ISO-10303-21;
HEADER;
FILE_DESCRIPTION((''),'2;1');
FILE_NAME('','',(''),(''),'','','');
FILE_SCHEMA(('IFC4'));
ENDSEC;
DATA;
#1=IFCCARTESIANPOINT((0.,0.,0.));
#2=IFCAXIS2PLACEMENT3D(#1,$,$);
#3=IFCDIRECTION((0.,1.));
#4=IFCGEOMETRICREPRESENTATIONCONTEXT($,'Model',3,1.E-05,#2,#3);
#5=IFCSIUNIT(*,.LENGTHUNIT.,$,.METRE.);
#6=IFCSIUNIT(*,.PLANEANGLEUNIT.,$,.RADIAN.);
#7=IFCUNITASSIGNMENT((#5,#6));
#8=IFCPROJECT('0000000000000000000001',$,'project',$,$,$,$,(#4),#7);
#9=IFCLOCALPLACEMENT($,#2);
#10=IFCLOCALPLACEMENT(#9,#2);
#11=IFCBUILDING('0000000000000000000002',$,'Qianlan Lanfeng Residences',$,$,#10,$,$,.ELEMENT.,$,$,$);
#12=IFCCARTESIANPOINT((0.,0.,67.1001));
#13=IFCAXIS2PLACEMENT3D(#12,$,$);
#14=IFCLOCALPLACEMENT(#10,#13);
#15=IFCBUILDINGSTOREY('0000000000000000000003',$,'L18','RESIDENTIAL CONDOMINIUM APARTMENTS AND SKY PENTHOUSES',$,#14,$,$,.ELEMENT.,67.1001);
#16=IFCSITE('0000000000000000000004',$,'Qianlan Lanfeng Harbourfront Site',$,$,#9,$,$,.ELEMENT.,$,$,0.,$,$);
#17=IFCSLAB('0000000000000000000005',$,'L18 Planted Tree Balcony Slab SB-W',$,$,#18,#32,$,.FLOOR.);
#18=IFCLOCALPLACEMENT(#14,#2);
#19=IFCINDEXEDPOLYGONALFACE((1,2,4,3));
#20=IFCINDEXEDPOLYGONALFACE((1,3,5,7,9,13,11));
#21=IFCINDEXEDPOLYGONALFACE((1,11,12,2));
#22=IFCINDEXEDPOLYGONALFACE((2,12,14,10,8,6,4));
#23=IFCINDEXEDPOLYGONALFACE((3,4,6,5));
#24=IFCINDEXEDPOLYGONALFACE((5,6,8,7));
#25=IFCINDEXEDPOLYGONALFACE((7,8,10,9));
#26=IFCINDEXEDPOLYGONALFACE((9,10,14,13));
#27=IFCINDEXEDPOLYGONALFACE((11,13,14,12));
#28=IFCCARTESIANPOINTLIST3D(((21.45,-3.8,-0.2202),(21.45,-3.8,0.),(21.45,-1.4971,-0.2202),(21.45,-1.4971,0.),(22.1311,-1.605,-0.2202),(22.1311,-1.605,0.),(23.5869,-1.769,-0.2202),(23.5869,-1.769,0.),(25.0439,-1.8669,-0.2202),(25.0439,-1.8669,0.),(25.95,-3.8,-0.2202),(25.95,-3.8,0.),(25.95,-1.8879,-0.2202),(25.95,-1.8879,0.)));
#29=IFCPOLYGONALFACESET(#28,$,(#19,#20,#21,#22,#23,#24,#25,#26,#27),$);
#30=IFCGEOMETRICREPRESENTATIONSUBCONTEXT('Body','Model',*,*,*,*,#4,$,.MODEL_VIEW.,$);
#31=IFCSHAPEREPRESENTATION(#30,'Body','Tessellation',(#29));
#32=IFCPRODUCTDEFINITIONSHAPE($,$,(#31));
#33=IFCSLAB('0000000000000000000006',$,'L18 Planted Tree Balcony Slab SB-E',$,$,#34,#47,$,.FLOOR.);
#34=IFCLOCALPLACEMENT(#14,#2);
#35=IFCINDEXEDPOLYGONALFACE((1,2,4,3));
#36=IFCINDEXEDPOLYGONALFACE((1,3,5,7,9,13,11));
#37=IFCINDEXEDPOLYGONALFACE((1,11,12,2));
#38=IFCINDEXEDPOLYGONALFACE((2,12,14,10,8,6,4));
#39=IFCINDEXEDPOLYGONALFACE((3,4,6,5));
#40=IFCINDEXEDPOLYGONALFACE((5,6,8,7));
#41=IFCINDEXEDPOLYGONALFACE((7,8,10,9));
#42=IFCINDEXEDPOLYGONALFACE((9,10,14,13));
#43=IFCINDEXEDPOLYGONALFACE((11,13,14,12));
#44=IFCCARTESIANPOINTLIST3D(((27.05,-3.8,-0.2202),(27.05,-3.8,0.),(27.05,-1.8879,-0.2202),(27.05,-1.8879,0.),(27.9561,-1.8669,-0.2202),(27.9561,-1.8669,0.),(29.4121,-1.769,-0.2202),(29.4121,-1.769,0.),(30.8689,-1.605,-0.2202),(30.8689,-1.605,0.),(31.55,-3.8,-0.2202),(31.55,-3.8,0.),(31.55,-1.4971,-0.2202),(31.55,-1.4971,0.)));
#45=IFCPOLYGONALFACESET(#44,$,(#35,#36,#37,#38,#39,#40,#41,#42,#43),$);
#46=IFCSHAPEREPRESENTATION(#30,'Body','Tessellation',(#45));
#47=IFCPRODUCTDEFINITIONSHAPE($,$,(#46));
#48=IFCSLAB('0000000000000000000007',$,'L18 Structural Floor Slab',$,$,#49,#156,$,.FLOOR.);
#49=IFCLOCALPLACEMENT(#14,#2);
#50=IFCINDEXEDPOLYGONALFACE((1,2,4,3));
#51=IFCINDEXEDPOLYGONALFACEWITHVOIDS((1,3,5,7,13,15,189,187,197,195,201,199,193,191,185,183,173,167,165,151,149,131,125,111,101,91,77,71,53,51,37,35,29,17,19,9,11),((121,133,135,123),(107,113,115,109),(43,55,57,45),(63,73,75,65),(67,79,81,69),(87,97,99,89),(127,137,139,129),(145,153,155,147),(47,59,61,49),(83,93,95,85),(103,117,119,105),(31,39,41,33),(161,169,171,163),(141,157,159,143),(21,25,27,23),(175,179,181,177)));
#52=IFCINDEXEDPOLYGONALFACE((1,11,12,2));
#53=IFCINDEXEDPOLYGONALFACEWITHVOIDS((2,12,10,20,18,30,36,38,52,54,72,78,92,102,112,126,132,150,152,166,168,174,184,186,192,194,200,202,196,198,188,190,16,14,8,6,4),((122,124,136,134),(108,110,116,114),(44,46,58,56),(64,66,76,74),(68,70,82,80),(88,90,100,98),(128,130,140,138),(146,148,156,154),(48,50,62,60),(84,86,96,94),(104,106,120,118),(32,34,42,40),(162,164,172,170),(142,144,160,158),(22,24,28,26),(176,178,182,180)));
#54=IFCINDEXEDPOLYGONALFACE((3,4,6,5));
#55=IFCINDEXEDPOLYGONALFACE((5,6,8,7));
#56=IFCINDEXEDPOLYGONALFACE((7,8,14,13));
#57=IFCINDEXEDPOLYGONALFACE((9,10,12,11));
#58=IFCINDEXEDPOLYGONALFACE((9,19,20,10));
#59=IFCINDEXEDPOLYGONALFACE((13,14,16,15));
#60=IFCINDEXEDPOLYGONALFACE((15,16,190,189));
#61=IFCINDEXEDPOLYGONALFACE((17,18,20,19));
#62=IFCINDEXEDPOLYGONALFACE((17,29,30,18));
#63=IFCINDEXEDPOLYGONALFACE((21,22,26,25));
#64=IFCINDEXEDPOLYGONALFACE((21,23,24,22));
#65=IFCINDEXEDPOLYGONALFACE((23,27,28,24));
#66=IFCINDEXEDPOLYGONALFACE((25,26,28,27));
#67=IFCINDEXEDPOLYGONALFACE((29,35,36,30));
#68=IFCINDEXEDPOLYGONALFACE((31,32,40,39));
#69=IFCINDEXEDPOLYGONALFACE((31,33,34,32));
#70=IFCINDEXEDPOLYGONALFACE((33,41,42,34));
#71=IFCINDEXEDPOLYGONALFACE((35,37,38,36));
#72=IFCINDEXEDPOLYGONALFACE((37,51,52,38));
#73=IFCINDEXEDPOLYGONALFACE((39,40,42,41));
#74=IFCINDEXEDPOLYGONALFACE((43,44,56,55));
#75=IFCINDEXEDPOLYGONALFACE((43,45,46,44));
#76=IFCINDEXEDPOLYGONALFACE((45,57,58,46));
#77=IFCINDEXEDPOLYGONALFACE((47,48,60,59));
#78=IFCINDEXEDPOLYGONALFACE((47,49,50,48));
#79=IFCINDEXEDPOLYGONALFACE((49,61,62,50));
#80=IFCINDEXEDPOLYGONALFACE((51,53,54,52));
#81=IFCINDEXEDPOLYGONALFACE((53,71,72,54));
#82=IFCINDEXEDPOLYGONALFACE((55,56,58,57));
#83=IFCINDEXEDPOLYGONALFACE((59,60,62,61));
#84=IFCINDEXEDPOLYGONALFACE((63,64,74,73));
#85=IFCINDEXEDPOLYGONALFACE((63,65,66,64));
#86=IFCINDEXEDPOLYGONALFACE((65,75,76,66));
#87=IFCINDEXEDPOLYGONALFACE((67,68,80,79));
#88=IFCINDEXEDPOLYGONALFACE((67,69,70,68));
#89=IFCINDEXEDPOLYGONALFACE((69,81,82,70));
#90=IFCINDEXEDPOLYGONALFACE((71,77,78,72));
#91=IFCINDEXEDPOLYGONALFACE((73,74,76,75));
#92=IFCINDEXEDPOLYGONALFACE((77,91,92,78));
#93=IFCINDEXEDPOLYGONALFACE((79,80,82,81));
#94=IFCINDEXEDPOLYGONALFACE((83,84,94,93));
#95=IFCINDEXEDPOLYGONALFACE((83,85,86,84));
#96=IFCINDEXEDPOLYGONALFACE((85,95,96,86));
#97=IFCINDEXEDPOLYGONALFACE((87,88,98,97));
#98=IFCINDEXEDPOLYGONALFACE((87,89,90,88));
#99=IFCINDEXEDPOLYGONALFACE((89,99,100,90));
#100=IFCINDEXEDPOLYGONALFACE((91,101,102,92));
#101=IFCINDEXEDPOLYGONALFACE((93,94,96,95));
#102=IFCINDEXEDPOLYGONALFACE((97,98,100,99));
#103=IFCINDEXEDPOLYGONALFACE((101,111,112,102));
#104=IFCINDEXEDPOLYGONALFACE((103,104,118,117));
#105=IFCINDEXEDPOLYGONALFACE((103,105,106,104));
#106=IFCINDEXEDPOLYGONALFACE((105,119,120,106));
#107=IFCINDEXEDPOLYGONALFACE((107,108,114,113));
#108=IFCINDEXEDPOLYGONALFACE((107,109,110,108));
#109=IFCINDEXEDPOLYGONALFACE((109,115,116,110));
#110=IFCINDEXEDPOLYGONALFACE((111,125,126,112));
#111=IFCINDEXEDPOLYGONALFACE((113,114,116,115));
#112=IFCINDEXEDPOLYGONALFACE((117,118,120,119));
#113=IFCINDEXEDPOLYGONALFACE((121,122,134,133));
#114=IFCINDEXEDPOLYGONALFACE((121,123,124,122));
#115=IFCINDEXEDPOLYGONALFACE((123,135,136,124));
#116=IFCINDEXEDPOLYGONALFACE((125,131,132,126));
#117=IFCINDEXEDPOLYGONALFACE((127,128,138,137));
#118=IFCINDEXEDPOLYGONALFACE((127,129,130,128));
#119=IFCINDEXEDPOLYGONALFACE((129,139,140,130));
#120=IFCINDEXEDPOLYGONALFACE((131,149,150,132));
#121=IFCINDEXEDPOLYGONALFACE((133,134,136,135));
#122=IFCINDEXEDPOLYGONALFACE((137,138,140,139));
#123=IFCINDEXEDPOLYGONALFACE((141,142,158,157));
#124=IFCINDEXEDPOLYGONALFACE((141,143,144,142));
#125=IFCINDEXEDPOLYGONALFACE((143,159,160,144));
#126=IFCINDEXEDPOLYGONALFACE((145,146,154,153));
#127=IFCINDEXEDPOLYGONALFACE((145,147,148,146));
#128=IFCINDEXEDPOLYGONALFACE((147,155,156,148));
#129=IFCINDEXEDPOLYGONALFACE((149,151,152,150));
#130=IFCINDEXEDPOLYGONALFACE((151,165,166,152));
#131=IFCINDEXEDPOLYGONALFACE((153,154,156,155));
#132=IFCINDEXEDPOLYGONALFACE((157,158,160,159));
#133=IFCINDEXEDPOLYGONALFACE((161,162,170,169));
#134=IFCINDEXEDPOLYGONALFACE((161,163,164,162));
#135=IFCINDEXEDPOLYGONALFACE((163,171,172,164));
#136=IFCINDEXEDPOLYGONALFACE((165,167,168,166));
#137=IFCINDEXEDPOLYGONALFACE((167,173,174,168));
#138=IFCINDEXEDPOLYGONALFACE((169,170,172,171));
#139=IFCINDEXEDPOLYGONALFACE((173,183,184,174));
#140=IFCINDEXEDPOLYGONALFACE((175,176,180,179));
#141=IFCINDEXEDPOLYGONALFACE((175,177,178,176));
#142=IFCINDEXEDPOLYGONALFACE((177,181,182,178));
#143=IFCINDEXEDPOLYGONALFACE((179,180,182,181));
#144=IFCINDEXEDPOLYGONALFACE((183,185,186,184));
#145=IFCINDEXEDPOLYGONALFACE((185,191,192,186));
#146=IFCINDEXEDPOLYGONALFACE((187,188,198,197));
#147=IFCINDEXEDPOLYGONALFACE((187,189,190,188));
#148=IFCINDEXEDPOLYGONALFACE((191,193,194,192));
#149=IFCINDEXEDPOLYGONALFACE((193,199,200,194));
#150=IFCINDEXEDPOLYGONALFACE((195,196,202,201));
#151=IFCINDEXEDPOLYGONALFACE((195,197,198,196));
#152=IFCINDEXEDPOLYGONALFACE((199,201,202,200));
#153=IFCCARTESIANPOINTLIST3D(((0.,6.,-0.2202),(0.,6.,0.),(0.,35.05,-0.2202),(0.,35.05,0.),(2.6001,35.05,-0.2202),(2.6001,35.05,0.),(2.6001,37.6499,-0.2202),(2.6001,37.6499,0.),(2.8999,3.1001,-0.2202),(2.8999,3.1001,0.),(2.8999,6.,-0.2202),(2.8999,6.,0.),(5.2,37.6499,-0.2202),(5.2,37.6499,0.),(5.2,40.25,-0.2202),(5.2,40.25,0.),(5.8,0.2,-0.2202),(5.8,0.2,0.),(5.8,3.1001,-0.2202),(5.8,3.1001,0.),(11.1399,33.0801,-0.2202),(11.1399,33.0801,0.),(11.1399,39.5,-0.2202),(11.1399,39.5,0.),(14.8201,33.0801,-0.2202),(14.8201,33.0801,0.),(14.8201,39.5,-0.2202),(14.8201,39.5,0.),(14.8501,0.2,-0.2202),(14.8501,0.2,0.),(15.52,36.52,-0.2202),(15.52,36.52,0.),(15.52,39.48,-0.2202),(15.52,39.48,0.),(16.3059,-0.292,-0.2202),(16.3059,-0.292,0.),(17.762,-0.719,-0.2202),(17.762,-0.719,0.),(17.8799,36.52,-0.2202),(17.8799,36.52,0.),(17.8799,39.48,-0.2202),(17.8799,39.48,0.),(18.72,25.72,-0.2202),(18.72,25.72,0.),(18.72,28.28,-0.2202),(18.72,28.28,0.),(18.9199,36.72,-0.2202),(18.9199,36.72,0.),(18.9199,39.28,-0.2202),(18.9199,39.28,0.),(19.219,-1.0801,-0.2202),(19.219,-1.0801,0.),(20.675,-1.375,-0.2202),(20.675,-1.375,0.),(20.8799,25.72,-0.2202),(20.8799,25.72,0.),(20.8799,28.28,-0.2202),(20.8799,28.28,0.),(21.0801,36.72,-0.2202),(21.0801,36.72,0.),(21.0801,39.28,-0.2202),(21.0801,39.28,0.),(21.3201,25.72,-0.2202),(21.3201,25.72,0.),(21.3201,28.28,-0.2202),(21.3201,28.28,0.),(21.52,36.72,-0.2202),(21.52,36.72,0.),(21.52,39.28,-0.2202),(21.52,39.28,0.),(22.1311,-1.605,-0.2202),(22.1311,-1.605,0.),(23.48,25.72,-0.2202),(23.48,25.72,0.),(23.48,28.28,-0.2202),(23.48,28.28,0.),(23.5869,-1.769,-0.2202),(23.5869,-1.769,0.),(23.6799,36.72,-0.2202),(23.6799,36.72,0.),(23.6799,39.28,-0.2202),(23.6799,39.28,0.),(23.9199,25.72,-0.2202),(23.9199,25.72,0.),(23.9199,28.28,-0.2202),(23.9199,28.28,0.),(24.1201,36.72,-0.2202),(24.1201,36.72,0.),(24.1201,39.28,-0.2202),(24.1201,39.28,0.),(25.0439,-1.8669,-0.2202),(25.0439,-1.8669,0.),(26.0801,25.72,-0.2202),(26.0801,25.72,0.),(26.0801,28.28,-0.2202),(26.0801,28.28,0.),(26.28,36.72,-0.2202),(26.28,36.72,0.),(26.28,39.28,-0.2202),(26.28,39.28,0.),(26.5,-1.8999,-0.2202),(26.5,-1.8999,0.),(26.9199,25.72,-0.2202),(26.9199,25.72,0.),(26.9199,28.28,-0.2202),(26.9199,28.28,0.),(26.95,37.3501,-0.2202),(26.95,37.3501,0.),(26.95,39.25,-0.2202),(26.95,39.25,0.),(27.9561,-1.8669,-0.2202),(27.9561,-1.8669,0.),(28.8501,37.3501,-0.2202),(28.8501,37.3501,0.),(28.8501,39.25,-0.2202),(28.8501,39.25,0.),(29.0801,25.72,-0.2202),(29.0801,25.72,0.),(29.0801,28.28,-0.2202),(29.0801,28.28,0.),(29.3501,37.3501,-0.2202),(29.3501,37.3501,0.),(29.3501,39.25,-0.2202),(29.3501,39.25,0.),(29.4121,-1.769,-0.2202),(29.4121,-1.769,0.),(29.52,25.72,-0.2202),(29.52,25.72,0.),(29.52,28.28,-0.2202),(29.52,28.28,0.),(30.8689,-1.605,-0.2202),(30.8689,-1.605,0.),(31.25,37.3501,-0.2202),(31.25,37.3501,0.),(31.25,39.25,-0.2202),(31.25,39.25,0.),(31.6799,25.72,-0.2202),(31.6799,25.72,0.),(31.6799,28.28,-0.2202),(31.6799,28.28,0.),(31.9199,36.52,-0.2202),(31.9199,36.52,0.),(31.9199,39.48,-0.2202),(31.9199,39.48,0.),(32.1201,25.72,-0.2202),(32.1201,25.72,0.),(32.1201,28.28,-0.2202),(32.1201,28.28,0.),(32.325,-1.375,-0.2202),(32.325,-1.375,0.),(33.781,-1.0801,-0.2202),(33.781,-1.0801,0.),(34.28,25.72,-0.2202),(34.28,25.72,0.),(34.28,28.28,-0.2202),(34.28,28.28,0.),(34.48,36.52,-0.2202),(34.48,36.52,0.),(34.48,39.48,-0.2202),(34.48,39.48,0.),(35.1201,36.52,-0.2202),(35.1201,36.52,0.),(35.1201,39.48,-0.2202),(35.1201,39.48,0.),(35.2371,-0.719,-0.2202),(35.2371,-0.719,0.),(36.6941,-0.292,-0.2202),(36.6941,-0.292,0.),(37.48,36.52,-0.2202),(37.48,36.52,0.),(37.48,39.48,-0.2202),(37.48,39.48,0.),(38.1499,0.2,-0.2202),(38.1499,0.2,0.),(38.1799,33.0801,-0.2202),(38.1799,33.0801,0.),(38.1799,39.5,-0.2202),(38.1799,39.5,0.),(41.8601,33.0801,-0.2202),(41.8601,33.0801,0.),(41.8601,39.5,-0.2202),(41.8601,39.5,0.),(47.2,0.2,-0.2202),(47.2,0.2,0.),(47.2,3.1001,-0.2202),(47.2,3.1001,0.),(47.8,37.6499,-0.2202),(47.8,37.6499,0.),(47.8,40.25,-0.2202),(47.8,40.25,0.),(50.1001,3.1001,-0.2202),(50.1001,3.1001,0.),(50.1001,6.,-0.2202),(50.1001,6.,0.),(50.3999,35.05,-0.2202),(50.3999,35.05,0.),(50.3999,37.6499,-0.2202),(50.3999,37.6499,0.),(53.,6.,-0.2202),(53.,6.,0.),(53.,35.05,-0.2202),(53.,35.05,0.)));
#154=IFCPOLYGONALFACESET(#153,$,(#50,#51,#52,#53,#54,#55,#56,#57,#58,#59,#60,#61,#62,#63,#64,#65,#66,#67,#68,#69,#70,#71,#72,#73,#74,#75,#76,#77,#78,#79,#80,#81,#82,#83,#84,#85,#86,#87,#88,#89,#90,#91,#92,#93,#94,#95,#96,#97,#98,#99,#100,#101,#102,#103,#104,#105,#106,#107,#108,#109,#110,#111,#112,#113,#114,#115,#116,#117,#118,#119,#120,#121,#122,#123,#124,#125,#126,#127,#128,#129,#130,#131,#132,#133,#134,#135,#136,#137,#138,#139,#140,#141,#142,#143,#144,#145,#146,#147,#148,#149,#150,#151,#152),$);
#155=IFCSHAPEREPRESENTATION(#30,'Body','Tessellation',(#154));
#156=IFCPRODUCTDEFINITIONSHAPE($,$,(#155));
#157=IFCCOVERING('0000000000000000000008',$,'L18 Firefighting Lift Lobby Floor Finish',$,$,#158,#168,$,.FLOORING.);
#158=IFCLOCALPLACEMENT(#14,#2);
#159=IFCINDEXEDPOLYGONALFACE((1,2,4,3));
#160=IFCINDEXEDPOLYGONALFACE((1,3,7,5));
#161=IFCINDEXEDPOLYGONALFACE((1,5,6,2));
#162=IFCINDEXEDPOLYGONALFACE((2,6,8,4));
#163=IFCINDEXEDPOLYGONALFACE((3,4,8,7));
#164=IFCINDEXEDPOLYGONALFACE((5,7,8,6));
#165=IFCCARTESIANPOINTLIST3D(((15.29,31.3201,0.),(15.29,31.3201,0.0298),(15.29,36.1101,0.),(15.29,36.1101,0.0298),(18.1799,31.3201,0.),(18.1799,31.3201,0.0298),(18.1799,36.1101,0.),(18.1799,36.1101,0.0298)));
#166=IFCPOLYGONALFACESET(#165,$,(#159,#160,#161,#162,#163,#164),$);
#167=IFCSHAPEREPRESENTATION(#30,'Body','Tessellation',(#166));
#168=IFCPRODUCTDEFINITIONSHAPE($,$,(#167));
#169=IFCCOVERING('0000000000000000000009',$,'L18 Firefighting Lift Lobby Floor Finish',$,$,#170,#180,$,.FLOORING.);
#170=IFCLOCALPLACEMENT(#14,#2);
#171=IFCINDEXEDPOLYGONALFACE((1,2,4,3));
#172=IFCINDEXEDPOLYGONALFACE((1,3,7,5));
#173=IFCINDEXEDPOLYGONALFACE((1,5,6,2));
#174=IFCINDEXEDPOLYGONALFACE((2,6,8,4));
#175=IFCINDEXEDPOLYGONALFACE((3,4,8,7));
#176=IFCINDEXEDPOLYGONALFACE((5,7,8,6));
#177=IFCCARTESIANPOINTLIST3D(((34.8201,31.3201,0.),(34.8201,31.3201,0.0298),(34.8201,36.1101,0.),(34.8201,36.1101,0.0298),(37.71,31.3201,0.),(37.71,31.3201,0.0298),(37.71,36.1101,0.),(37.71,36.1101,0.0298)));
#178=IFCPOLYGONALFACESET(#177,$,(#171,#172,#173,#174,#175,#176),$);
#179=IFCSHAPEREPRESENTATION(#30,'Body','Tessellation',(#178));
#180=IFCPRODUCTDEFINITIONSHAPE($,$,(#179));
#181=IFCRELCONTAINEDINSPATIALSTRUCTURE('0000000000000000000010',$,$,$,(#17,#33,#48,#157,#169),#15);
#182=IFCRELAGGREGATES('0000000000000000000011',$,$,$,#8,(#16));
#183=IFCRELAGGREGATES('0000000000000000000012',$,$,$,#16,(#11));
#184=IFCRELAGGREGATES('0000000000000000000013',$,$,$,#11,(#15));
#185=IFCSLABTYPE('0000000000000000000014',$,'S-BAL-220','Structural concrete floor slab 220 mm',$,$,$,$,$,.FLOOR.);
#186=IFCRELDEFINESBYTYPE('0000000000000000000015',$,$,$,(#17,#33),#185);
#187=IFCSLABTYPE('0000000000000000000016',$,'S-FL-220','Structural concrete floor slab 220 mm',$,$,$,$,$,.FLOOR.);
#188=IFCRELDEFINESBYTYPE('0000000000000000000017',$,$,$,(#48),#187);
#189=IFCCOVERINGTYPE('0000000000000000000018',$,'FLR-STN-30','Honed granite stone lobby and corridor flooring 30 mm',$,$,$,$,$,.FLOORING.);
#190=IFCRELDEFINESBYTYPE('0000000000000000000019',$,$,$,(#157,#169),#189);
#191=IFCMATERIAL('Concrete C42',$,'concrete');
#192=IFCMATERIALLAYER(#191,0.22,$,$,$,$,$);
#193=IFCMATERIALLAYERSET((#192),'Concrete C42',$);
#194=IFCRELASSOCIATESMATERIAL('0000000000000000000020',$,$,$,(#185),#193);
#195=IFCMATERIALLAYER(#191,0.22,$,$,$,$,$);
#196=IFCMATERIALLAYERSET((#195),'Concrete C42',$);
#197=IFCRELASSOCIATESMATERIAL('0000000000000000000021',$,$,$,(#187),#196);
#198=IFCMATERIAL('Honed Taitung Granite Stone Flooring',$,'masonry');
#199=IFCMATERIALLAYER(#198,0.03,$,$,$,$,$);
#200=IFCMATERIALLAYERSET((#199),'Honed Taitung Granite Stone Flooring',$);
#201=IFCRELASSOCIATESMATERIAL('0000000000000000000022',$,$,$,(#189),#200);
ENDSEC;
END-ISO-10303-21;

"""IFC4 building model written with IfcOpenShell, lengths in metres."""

from ifc_helpers import new_model, si_unit, direction, frame, origin, place, context, subcontext, project, spatial, polyline, outline, extrude, material, layer, layer_set, type_object, element, save


model = new_model("IFC4")

# Units and contexts
model_context = context("Model", 3, precision=1e-05, world=origin(), true_north=direction((0.0, 1.0)))
body_context = subcontext(model_context, "Body", "Model", "MODEL_VIEW")
ifc_project = project(units=[si_unit("LENGTHUNIT", "METRE"), si_unit("PLANEANGLEUNIT", "RADIAN")], contexts=[model_context])

# Site, building, storey
site_placement = place(None, origin())
site = spatial("IfcSite", under=ifc_project, at=site_placement, Name="Qianlan Lanfeng Harbourfront Site", CompositionType="ELEMENT", RefElevation=0.0)
building_placement = place(site_placement, origin())
building = spatial("IfcBuilding", under=site, at=building_placement, Name="Qianlan Lanfeng Residences", CompositionType="ELEMENT")
storey_placement = place(building_placement, frame((0.0, 0.0, 67.1001)))
storey = spatial("IfcBuildingStorey", under=building, at=storey_placement, Name="L18", Description="RESIDENTIAL CONDOMINIUM APARTMENTS AND SKY PENTHOUSES", CompositionType="ELEMENT", Elevation=67.1001)

# Slabs
ifc_material_1 = material(Name="Concrete C42", Category="concrete")
ifc_layer_1 = layer(ifc_material_1, 0.22)
ifc_layer_set_1 = layer_set([ifc_layer_1], Name="Concrete C42")
slab_type_1 = type_object("IfcSlabType", Name="S-BAL-220", Description="Structural concrete floor slab 220 mm", PredefinedType="FLOOR", material=ifc_layer_set_1)
slab_1_placement = place(storey_placement, frame((0.0, 0.0, -0.2202)))
element("IfcSlab", 1, at=slab_1_placement, inside=storey, type_object=slab_type_1, Name="L18 Planted Tree Balcony Slab SB-W", PredefinedType="FLOOR", context=body_context, shape_type="SweptSolid", body=[
    extrude(outline(polyline([(25.95, -1.8879), (25.0439, -1.8669), (23.5869, -1.769), (22.1311, -1.605), (21.45, -1.4971), (21.45, -3.8), (25.95, -3.8), (25.95, -1.8879)])), origin(), (0.0, 0.0, 1.0), 0.2202),
])
slab_2_placement = place(storey_placement, frame((0.0, 0.0, -0.2202)))
element("IfcSlab", 2, at=slab_2_placement, inside=storey, type_object=slab_type_1, Name="L18 Planted Tree Balcony Slab SB-E", PredefinedType="FLOOR", context=body_context, shape_type="SweptSolid", body=[
    extrude(outline(polyline([(31.55, -1.4971), (30.8689, -1.605), (29.4121, -1.769), (27.9561, -1.8669), (27.05, -1.8879), (27.05, -3.8), (31.55, -3.8), (31.55, -1.4971)])), origin(), (0.0, 0.0, 1.0), 0.2202),
])
ifc_layer_2 = layer(ifc_material_1, 0.22)
ifc_layer_set_2 = layer_set([ifc_layer_2], Name="Concrete C42")
slab_type_2 = type_object("IfcSlabType", Name="S-FL-220", Description="Structural concrete floor slab 220 mm", PredefinedType="FLOOR", material=ifc_layer_set_2)
slab_3_placement = place(storey_placement, frame((0.0, 0.0, -0.2202)))
element("IfcSlab", 3, at=slab_3_placement, inside=storey, type_object=slab_type_2, Name="L18 Structural Floor Slab", PredefinedType="FLOOR", context=body_context, shape_type="SweptSolid", body=[
    extrude(outline(polyline([(0.0, 6.0), (2.8999, 6.0), (2.8999, 3.1001), (5.8, 3.1001), (5.8, 0.2), (14.8501, 0.2), (16.3059, -0.292), (17.762, -0.719), (19.219, -1.0801), (20.675, -1.375), (22.1311, -1.605), (23.5869, -1.769), (25.0439, -1.8669), (26.5, -1.8999), (27.9561, -1.8669), (29.4121, -1.769), (30.8689, -1.605), (32.325, -1.375), (33.781, -1.0801), (35.2371, -0.719), (36.6941, -0.292), (38.1499, 0.2), (47.2, 0.2), (47.2, 3.1001), (50.1001, 3.1001), (50.1001, 6.0), (53.0, 6.0), (53.0, 35.05), (50.3999, 35.05), (50.3999, 37.6499), (47.8, 37.6499), (47.8, 40.25), (5.2, 40.25), (5.2, 37.6499), (2.6001, 37.6499), (2.6001, 35.05), (0.0, 35.05), (0.0, 6.0)]), holes=[polyline([(11.1399, 33.0801), (11.1399, 39.5), (14.8201, 39.5), (14.8201, 33.0801), (11.1399, 33.0801)]), polyline([(38.1799, 33.0801), (38.1799, 39.5), (41.8601, 39.5), (41.8601, 33.0801), (38.1799, 33.0801)]), polyline([(15.52, 36.52), (15.52, 39.48), (17.8799, 39.48), (17.8799, 36.52), (15.52, 36.52)]), polyline([(35.1201, 36.52), (35.1201, 39.48), (37.48, 39.48), (37.48, 36.52), (35.1201, 36.52)]), polyline([(31.9199, 36.52), (31.9199, 39.48), (34.48, 39.48), (34.48, 36.52), (31.9199, 36.52)]), polyline([(18.72, 25.72), (18.72, 28.28), (20.8799, 28.28), (20.8799, 25.72), (18.72, 25.72)]), polyline([(21.3201, 25.72), (21.3201, 28.28), (23.48, 28.28), (23.48, 25.72), (21.3201, 25.72)]), polyline([(23.9199, 25.72), (23.9199, 28.28), (26.0801, 28.28), (26.0801, 25.72), (23.9199, 25.72)]), polyline([(26.9199, 25.72), (26.9199, 28.28), (29.0801, 28.28), (29.0801, 25.72), (26.9199, 25.72)]), polyline([(29.52, 25.72), (29.52, 28.28), (31.6799, 28.28), (31.6799, 25.72), (29.52, 25.72)]), polyline([(32.1201, 25.72), (32.1201, 28.28), (34.28, 28.28), (34.28, 25.72), (32.1201, 25.72)]), polyline([(18.9199, 36.72), (18.9199, 39.28), (21.0801, 39.28), (21.0801, 36.72), (18.9199, 36.72)]), polyline([(21.52, 36.72), (21.52, 39.28), (23.6799, 39.28), (23.6799, 36.72), (21.52, 36.72)]), polyline([(24.1201, 36.72), (24.1201, 39.28), (26.28, 39.28), (26.28, 36.72), (24.1201, 36.72)]), polyline([(26.95, 37.3501), (26.95, 39.25), (28.8501, 39.25), (28.8501, 37.3501), (26.95, 37.3501)]), polyline([(29.3501, 37.3501), (29.3501, 39.25), (31.25, 39.25), (31.25, 37.3501), (29.3501, 37.3501)])]), origin(), (0.0, 0.0, 1.0), 0.2202),
])

# Coverings
ifc_material_2 = material(Name="Honed Taitung Granite Stone Flooring", Category="masonry")
ifc_layer_3 = layer(ifc_material_2, 0.03)
ifc_layer_set_3 = layer_set([ifc_layer_3], Name="Honed Taitung Granite Stone Flooring")
covering_type_1 = type_object("IfcCoveringType", Name="FLR-STN-30", Description="Honed granite stone lobby and corridor flooring 30 mm", PredefinedType="FLOORING", material=ifc_layer_set_3)
covering_1_placement = place(storey_placement, origin())
element("IfcCovering", 4, at=covering_1_placement, inside=storey, type_object=covering_type_1, Name="L18 Firefighting Lift Lobby Floor Finish", PredefinedType="FLOORING", context=body_context, shape_type="SweptSolid", body=[
    extrude(outline(polyline([(15.29, 31.3201), (18.1799, 31.3201), (18.1799, 36.1101), (15.29, 36.1101), (15.29, 31.3201)])), origin(), (0.0, 0.0, 1.0), 0.0298),
])
covering_2_placement = place(storey_placement, origin())
element("IfcCovering", 5, at=covering_2_placement, inside=storey, type_object=covering_type_1, Name="L18 Firefighting Lift Lobby Floor Finish", PredefinedType="FLOORING", context=body_context, shape_type="SweptSolid", body=[
    extrude(outline(polyline([(34.8201, 31.3201), (37.71, 31.3201), (37.71, 36.1101), (34.8201, 36.1101), (34.8201, 31.3201)])), origin(), (0.0, 0.0, 1.0), 0.0298),
])

save(model, "model.ifc")
